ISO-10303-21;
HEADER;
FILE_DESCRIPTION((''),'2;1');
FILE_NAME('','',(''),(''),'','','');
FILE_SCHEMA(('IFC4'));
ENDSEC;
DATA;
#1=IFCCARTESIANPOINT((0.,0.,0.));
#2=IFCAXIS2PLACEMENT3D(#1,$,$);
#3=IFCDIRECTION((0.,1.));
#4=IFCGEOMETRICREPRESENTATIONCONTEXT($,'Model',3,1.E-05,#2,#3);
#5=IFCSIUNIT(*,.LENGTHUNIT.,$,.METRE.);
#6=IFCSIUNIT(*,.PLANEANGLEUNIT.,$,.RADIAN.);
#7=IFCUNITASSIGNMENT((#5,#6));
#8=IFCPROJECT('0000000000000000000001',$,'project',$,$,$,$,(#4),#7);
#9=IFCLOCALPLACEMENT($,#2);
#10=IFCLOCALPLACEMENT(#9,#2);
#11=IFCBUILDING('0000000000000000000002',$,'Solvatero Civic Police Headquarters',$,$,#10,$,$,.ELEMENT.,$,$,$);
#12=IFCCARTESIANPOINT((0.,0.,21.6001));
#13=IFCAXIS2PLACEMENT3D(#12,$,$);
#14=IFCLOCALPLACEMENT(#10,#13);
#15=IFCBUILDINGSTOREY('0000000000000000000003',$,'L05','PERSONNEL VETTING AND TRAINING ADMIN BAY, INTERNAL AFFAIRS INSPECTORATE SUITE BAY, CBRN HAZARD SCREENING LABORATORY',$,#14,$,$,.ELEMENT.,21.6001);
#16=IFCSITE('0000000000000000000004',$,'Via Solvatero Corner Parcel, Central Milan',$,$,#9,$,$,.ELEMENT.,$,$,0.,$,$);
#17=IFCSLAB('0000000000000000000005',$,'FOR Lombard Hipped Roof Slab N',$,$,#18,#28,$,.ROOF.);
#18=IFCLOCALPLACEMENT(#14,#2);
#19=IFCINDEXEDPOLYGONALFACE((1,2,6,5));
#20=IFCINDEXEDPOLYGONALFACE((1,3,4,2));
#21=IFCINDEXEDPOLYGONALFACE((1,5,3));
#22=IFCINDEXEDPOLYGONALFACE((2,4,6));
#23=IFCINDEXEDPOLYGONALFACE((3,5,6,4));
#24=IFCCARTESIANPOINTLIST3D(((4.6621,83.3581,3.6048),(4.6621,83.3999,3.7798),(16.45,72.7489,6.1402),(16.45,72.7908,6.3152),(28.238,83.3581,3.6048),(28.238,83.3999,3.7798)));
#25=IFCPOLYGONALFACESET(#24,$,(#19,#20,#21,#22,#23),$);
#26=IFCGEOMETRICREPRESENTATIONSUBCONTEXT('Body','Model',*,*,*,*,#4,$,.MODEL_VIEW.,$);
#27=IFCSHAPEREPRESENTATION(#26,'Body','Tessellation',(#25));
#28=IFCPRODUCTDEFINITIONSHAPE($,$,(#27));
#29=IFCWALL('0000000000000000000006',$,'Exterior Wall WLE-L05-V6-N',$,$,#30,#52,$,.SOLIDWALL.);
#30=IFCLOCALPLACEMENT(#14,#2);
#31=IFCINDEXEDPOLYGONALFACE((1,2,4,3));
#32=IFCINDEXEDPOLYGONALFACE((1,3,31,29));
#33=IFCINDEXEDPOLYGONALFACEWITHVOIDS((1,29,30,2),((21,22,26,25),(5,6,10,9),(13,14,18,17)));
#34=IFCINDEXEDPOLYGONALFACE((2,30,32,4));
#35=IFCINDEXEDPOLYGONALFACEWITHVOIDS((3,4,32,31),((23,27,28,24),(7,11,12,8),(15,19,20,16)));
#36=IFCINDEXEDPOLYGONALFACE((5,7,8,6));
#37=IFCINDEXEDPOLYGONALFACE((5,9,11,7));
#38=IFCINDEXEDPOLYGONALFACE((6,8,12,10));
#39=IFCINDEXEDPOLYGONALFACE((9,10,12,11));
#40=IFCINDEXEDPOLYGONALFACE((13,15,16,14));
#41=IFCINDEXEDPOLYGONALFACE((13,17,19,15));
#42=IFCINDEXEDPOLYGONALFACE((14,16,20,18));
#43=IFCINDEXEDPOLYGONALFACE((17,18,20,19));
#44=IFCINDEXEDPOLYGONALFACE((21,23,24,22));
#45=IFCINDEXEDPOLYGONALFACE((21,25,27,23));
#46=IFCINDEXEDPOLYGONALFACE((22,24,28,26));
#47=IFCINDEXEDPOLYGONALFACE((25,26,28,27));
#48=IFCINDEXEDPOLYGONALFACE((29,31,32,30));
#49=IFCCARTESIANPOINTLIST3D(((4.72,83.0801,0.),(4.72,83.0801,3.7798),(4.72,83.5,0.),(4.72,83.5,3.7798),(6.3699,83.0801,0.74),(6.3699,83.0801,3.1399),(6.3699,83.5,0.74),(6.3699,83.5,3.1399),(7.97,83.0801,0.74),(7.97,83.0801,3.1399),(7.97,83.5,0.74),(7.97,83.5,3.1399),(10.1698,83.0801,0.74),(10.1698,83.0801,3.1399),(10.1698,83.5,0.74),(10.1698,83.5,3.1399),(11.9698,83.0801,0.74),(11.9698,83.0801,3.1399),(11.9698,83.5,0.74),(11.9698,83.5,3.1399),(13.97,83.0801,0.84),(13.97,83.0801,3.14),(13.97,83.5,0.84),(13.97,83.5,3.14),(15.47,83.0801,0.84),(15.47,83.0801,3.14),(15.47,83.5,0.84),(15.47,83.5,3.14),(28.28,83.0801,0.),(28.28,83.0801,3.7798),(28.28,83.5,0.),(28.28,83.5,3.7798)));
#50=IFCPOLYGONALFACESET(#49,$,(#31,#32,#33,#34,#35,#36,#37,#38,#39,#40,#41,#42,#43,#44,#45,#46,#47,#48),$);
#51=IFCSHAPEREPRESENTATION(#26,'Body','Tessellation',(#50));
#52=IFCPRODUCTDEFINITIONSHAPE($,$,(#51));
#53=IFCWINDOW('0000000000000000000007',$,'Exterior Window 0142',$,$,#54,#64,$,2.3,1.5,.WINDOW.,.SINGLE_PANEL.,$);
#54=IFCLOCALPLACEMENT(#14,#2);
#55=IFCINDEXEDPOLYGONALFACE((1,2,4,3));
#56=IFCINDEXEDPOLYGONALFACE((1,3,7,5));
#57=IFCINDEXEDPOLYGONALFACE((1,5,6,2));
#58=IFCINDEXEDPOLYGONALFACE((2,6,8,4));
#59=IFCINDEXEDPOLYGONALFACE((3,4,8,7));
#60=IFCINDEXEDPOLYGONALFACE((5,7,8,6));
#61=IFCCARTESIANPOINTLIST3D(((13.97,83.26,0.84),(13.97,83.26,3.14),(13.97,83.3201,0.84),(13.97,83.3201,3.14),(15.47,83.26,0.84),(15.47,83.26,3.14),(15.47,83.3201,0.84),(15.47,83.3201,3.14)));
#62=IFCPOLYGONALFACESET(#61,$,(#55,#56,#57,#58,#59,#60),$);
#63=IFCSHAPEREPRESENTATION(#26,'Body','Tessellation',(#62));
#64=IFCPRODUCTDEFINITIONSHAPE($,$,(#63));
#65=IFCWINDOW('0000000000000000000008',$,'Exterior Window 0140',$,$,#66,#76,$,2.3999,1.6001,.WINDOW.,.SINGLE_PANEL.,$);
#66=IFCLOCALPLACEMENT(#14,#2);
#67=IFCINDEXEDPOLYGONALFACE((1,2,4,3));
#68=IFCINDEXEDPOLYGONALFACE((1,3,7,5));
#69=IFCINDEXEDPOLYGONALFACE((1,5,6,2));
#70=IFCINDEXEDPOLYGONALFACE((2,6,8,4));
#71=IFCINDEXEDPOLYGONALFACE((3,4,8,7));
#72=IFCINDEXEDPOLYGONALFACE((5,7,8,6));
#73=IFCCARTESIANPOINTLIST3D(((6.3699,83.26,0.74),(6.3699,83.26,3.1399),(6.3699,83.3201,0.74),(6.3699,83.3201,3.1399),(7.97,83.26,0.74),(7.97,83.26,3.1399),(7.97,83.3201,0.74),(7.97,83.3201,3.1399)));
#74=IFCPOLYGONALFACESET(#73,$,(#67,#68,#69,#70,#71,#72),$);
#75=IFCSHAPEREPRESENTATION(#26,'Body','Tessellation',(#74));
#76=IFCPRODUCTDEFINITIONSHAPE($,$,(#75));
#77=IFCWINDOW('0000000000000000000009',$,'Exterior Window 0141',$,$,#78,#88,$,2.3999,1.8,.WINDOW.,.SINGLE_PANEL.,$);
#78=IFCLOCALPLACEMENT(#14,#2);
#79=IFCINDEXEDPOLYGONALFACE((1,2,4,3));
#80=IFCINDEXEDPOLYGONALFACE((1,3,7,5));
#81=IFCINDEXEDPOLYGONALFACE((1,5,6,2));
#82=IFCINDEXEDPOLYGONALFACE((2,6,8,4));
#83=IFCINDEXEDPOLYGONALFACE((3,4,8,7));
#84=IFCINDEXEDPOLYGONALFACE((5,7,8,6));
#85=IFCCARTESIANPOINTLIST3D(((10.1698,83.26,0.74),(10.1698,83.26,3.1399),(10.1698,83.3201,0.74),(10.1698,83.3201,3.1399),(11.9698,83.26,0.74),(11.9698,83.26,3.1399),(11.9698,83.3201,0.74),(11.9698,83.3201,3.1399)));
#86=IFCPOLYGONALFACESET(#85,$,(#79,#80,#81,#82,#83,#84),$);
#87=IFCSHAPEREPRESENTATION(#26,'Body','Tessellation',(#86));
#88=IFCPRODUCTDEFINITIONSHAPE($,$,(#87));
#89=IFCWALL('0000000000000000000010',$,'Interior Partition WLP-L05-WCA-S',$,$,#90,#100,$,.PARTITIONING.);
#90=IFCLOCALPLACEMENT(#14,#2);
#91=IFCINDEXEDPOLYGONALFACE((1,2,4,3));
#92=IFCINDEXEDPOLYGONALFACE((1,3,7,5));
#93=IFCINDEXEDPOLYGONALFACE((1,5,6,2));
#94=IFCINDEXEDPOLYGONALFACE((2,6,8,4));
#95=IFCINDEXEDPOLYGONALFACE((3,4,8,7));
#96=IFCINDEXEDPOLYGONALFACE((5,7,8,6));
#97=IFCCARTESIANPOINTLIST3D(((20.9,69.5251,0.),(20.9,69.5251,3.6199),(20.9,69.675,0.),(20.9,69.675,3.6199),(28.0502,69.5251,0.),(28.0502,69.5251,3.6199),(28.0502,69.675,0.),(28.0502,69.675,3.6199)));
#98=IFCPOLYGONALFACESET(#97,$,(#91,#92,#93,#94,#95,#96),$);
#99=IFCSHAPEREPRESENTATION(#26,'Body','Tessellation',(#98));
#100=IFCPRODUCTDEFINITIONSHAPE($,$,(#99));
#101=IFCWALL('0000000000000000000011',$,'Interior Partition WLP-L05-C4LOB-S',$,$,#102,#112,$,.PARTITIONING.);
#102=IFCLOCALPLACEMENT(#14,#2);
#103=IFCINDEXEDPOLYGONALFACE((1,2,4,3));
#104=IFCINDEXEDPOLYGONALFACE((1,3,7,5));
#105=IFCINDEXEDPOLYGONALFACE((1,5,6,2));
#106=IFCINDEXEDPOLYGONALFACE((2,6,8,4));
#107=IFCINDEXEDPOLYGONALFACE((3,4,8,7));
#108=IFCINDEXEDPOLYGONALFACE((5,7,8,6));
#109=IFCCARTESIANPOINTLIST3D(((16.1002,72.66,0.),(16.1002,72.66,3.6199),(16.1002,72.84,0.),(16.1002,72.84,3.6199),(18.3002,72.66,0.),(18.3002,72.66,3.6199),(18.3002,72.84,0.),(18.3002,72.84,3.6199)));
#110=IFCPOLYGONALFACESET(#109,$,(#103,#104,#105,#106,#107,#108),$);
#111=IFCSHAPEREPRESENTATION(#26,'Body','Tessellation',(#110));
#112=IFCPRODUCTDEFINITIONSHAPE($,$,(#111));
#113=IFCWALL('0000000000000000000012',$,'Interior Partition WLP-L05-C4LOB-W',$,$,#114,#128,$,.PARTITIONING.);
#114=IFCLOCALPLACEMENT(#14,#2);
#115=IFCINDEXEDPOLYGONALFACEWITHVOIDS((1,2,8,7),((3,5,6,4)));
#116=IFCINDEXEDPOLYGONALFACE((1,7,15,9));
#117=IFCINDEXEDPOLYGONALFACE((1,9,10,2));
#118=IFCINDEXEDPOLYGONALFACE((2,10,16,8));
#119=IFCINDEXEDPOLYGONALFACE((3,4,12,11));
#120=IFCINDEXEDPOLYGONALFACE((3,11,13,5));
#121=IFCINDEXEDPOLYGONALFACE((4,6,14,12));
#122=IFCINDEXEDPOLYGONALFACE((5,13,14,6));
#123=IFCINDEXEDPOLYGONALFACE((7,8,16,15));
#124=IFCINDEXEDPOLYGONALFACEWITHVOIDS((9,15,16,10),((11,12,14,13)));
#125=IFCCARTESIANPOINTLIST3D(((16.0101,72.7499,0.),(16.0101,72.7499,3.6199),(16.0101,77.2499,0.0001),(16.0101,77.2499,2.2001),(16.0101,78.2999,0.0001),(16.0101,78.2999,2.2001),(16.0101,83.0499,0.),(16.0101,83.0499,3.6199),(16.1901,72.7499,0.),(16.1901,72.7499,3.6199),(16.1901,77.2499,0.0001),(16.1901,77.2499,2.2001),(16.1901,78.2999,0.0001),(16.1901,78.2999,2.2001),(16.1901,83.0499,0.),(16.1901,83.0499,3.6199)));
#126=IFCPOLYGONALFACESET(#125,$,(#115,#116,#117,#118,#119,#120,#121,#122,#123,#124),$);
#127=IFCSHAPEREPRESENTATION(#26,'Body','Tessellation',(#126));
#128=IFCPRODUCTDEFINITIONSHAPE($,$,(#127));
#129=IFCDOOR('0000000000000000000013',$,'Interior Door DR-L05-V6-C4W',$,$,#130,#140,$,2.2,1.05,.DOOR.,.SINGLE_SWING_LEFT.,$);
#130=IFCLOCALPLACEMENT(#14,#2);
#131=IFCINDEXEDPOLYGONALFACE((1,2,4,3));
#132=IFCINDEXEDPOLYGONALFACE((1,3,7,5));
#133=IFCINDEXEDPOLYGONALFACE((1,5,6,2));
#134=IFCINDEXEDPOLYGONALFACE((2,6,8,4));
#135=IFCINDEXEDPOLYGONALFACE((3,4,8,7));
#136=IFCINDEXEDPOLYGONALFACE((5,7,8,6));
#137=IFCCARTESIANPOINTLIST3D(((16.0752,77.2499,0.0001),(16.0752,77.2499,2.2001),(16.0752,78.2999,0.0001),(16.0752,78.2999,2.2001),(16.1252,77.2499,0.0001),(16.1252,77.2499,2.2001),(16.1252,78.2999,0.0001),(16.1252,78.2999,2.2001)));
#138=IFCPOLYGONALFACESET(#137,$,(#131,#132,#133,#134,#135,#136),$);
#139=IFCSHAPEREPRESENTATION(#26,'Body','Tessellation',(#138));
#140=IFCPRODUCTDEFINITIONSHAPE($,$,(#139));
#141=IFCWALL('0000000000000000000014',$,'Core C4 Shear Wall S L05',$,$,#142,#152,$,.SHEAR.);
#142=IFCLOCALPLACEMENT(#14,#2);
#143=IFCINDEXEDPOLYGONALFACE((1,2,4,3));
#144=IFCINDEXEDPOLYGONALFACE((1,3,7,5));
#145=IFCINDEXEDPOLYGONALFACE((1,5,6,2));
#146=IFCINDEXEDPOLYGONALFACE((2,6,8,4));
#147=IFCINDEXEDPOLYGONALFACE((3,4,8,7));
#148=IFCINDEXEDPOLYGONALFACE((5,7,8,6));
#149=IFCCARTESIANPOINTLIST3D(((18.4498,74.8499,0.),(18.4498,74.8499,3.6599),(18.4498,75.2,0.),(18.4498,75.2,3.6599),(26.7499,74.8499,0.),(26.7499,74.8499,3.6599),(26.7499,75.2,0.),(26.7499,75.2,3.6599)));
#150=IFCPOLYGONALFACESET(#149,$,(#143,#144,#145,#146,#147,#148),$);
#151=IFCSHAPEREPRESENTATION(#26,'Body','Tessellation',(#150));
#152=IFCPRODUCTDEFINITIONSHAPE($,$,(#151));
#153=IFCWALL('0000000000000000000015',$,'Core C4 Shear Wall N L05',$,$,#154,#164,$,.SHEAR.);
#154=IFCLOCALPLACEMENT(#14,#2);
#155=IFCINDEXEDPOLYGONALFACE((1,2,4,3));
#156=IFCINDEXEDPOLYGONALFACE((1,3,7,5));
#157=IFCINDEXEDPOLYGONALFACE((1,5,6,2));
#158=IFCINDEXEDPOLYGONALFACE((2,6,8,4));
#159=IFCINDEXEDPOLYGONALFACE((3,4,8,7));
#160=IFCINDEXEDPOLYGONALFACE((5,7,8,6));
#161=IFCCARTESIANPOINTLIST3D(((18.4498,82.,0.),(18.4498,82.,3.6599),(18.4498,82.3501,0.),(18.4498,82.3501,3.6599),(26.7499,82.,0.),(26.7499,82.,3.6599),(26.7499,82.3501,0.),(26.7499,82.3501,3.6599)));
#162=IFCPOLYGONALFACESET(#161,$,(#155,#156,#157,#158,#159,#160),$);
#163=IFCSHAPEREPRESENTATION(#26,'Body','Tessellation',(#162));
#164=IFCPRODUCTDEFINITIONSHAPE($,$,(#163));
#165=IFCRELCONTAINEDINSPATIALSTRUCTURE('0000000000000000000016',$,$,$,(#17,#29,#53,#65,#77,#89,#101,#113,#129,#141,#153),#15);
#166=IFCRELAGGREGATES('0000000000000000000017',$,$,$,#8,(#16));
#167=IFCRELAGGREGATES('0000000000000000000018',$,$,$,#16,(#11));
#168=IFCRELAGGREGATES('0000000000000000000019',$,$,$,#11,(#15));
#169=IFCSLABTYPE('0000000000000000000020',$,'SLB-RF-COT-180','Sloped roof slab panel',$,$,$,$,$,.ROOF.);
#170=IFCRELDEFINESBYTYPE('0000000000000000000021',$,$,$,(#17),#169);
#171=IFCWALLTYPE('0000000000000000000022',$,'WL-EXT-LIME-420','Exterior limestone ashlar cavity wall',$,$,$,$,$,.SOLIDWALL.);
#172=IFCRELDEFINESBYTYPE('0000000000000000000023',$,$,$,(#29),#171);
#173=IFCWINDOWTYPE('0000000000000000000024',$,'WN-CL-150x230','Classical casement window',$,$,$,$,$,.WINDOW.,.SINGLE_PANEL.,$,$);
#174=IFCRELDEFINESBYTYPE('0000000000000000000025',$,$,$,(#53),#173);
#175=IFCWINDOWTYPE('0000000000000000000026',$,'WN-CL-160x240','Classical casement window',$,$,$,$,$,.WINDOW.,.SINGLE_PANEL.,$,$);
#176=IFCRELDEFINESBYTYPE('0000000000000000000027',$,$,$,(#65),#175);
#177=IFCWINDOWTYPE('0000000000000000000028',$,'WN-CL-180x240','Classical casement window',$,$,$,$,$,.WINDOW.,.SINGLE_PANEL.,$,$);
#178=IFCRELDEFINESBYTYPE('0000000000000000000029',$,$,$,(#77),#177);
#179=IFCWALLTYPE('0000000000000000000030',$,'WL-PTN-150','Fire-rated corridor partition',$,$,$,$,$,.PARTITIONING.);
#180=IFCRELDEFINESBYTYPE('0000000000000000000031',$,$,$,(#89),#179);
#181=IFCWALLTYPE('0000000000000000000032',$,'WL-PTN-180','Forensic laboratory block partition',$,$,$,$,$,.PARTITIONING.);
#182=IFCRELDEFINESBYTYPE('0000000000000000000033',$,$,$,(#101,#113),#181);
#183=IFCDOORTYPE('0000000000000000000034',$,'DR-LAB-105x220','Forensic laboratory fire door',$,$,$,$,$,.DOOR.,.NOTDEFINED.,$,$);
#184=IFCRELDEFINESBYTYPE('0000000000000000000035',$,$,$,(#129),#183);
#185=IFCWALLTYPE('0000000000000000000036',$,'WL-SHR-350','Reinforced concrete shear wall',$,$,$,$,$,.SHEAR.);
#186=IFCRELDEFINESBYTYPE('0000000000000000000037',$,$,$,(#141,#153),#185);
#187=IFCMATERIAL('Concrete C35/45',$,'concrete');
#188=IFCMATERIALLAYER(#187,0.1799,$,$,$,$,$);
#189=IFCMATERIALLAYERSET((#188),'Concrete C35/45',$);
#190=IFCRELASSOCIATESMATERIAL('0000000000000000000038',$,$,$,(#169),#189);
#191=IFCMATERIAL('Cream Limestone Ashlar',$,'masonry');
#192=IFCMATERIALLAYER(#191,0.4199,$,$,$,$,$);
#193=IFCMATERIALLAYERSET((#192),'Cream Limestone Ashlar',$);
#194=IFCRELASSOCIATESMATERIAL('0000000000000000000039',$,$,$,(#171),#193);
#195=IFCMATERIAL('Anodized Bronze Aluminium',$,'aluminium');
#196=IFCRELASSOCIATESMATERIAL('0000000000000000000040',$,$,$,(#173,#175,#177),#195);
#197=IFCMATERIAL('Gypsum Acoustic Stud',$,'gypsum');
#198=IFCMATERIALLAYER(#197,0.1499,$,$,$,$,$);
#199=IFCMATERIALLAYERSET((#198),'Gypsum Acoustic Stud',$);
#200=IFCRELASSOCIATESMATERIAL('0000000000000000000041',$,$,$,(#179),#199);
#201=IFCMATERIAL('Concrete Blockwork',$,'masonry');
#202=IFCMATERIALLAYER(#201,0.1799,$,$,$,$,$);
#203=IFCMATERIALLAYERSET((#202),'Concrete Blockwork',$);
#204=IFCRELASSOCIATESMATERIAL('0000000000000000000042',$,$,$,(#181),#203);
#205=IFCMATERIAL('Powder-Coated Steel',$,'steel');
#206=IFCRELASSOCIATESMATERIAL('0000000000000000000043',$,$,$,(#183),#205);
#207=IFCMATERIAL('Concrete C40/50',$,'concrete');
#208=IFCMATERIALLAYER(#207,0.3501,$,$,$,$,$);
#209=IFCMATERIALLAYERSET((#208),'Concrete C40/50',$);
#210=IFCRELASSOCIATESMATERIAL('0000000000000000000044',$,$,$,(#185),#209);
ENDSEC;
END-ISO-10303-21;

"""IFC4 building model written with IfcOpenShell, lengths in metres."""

from ifc_helpers import new_model, si_unit, direction, frame, frame_2d, origin, place, context, subcontext, project, spatial, polyline, rectangle, outline, extrude, material, layer, layer_set, type_object, element, fill, save


model = new_model("IFC4")

# Units and contexts
model_context = context("Model", 3, precision=1e-05, world=origin(), true_north=direction((0.0, 1.0)))
body_context = subcontext(model_context, "Body", "Model", "MODEL_VIEW")
ifc_project = project(units=[si_unit("LENGTHUNIT", "METRE"), si_unit("PLANEANGLEUNIT", "RADIAN")], contexts=[model_context])

# Site, building, storey
site_placement = place(None, origin())
site = spatial("IfcSite", under=ifc_project, at=site_placement, Name="Via Solvatero Corner Parcel, Central Milan", CompositionType="ELEMENT", RefElevation=0.0)
building_placement = place(site_placement, origin())
building = spatial("IfcBuilding", under=site, at=building_placement, Name="Solvatero Civic Police Headquarters", CompositionType="ELEMENT")
storey_placement = place(building_placement, frame((0.0, 0.0, 21.6001)))
storey = spatial("IfcBuildingStorey", under=building, at=storey_placement, Name="L05", Description="PERSONNEL VETTING AND TRAINING ADMIN BAY, INTERNAL AFFAIRS INSPECTORATE SUITE BAY, CBRN HAZARD SCREENING LABORATORY", CompositionType="ELEMENT", Elevation=21.6001)

# Slab
ifc_material_1 = material(Name="Concrete C35/45", Category="concrete")
ifc_layer_1 = layer(ifc_material_1, 0.1799)
ifc_layer_set_1 = layer_set([ifc_layer_1], Name="Concrete C35/45")
slab_type = type_object("IfcSlabType", Name="SLB-RF-COT-180", Description="Sloped roof slab panel", PredefinedType="ROOF", material=ifc_layer_set_1)
slab_1_placement = place(storey_placement, frame((4.6621, 83.3999, 3.7798), z_axis=(0.0, 0.232437, 0.972611), x_axis=(1.0, 0.0, 0.0)))
element("IfcSlab", 1, at=slab_1_placement, inside=storey, type_object=slab_type, Name="FOR Lombard Hipped Roof Slab N", PredefinedType="ROOF", context=body_context, shape_type="SweptSolid", body=[
    extrude(outline(polyline([(0.0, 0.0), (23.5759, 0.0), (11.7878, -10.9079), (0.0, 0.0)])), origin(), (0.0, 0.0, -1.0), 0.1799),
])

# Wall, openings, windows
ifc_material_2 = material(Name="Cream Limestone Ashlar", Category="masonry")
ifc_layer_2 = layer(ifc_material_2, 0.4199)
ifc_layer_set_2 = layer_set([ifc_layer_2], Name="Cream Limestone Ashlar")
wall_type_1 = type_object("IfcWallType", Name="WL-EXT-LIME-420", Description="Exterior limestone ashlar cavity wall", PredefinedType="SOLIDWALL", material=ifc_layer_set_2)
wall_1_placement = place(storey_placement, frame((4.72, 83.29, 0.0), z_axis=(0.0, 0.0, 1.0), x_axis=(1.0, 0.0, 0.0)))
wall_1 = element("IfcWall", 2, at=wall_1_placement, inside=storey, type_object=wall_type_1, Name="Exterior Wall WLE-L05-V6-N", PredefinedType="SOLIDWALL", context=body_context, shape_type="SweptSolid", body=[
    extrude(rectangle(XDim=23.5601, YDim=0.4199, at=frame_2d((11.78, 0.0))), origin(), (0.0, 0.0, 1.0), 3.7798),
])
opening_1_placement = place(wall_1_placement, frame((1.6499, 0.0, 0.74)))
opening_1 = element("IfcOpeningElement", 3, at=opening_1_placement, cuts=wall_1, PredefinedType="OPENING", context=body_context, shape_type="SweptSolid", body=[
    extrude(rectangle(XDim=1.6001, YDim=2.3999, at=frame_2d((0.8, 1.2))), frame((0.0, 0.22, 0.0), z_axis=(0.0, -1.0, 0.0), x_axis=(1.0, 0.0, 0.0)), (0.0, 0.0, 1.0), 0.4399),
])
opening_2_placement = place(wall_1_placement, frame((5.45, 0.0, 0.74)))
opening_2 = element("IfcOpeningElement", 4, at=opening_2_placement, cuts=wall_1, PredefinedType="OPENING", context=body_context, shape_type="SweptSolid", body=[
    extrude(rectangle(XDim=1.8, YDim=2.3999, at=frame_2d((0.8999, 1.2))), frame((0.0, 0.22, 0.0), z_axis=(0.0, -1.0, 0.0), x_axis=(1.0, 0.0, 0.0)), (0.0, 0.0, 1.0), 0.4399),
])
opening_3_placement = place(wall_1_placement, frame((9.25, 0.0, 0.8401)))
opening_3 = element("IfcOpeningElement", 5, at=opening_3_placement, cuts=wall_1, PredefinedType="OPENING", context=body_context, shape_type="SweptSolid", body=[
    extrude(rectangle(XDim=1.5, YDim=2.3, at=frame_2d((0.75, 1.1499))), frame((0.0, 0.22, 0.0), z_axis=(0.0, -1.0, 0.0), x_axis=(1.0, 0.0, 0.0)), (0.0, 0.0, 1.0), 0.4399),
])
ifc_material_3 = material(Name="Anodized Bronze Aluminium", Category="aluminium")
window_type_1 = type_object("IfcWindowType", Name="WN-CL-150x230", Description="Classical casement window", PartitioningType="SINGLE_PANEL", PredefinedType="WINDOW", material=ifc_material_3)
window_1_placement = place(opening_3_placement, origin())
window_1 = element("IfcWindow", 6, at=window_1_placement, inside=storey, type_object=window_type_1, Name="Exterior Window 0142", OverallHeight=2.3, OverallWidth=1.5, PartitioningType="SINGLE_PANEL", PredefinedType="WINDOW", context=body_context, shape_type="SweptSolid", body=[
    extrude(rectangle(XDim=1.5, YDim=2.3, at=frame_2d((0.75, 1.1499))), frame((0.0, 0.03, 0.0), z_axis=(0.0, -1.0, 0.0), x_axis=(1.0, 0.0, 0.0)), (0.0, 0.0, 1.0), 0.0601),
])
fill(opening_3, window_1)
window_type_2 = type_object("IfcWindowType", Name="WN-CL-160x240", Description="Classical casement window", PartitioningType="SINGLE_PANEL", PredefinedType="WINDOW", material=ifc_material_3)
window_2_placement = place(opening_1_placement, origin())
window_2 = element("IfcWindow", 7, at=window_2_placement, inside=storey, type_object=window_type_2, Name="Exterior Window 0140", OverallHeight=2.3999, OverallWidth=1.6001, PartitioningType="SINGLE_PANEL", PredefinedType="WINDOW", context=body_context, shape_type="SweptSolid", body=[
    extrude(rectangle(XDim=1.6001, YDim=2.3999, at=frame_2d((0.8, 1.2))), frame((0.0, 0.03, 0.0), z_axis=(0.0, -1.0, 0.0), x_axis=(1.0, 0.0, 0.0)), (0.0, 0.0, 1.0), 0.0601),
])
fill(opening_1, window_2)
window_type_3 = type_object("IfcWindowType", Name="WN-CL-180x240", Description="Classical casement window", PartitioningType="SINGLE_PANEL", PredefinedType="WINDOW", material=ifc_material_3)
window_3_placement = place(opening_2_placement, origin())
window_3 = element("IfcWindow", 8, at=window_3_placement, inside=storey, type_object=window_type_3, Name="Exterior Window 0141", OverallHeight=2.3999, OverallWidth=1.8, PartitioningType="SINGLE_PANEL", PredefinedType="WINDOW", context=body_context, shape_type="SweptSolid", body=[
    extrude(rectangle(XDim=1.8, YDim=2.3999, at=frame_2d((0.8999, 1.2))), frame((0.0, 0.03, 0.0), z_axis=(0.0, -1.0, 0.0), x_axis=(1.0, 0.0, 0.0)), (0.0, 0.0, 1.0), 0.0601),
])
fill(opening_2, window_3)

# Walls
ifc_material_4 = material(Name="Gypsum Acoustic Stud", Category="gypsum")
ifc_layer_3 = layer(ifc_material_4, 0.1499)
ifc_layer_set_3 = layer_set([ifc_layer_3], Name="Gypsum Acoustic Stud")
wall_type_2 = type_object("IfcWallType", Name="WL-PTN-150", Description="Fire-rated corridor partition", PredefinedType="PARTITIONING", material=ifc_layer_set_3)
wall_2_placement = place(storey_placement, frame((20.8999, 69.6001, 0.0), z_axis=(0.0, 0.0, 1.0), x_axis=(1.0, 0.0, 0.0)))
element("IfcWall", 9, at=wall_2_placement, inside=storey, type_object=wall_type_2, Name="Interior Partition WLP-L05-WCA-S", PredefinedType="PARTITIONING", context=body_context, shape_type="SweptSolid", body=[
    extrude(rectangle(XDim=7.1501, YDim=0.1499, at=frame_2d((3.5752, 0.0))), origin(), (0.0, 0.0, 1.0), 3.6199),
])
ifc_material_5 = material(Name="Concrete Blockwork", Category="masonry")
ifc_layer_4 = layer(ifc_material_5, 0.1799)
ifc_layer_set_4 = layer_set([ifc_layer_4], Name="Concrete Blockwork")
wall_type_3 = type_object("IfcWallType", Name="WL-PTN-180", Description="Forensic laboratory block partition", PredefinedType="PARTITIONING", material=ifc_layer_set_4)
wall_3_placement = place(storey_placement, frame((16.1001, 72.75, 0.0), z_axis=(0.0, 0.0, 1.0), x_axis=(1.0, 0.0, 0.0)))
element("IfcWall", 10, at=wall_3_placement, inside=storey, type_object=wall_type_3, Name="Interior Partition WLP-L05-C4LOB-S", PredefinedType="PARTITIONING", context=body_context, shape_type="SweptSolid", body=[
    extrude(rectangle(XDim=2.2, YDim=0.1799, at=frame_2d((1.1001, 0.0))), origin(), (0.0, 0.0, 1.0), 3.6199),
])

# Wall, opening, door
wall_4_placement = place(storey_placement, frame((16.1001, 72.75, 0.0), z_axis=(0.0, 0.0, 1.0), x_axis=(0.0, 1.0, 0.0)))
wall_4 = element("IfcWall", 11, at=wall_4_placement, inside=storey, type_object=wall_type_3, Name="Interior Partition WLP-L05-C4LOB-W", PredefinedType="PARTITIONING", context=body_context, shape_type="SweptSolid", body=[
    extrude(rectangle(XDim=10.3, YDim=0.1799, at=frame_2d((5.1499, 0.0))), origin(), (0.0, 0.0, 1.0), 3.6199),
])
opening_4_placement = place(wall_4_placement, frame((4.5, 0.0, 0.0)))
opening_4 = element("IfcOpeningElement", 12, at=opening_4_placement, cuts=wall_4, PredefinedType="OPENING", context=body_context, shape_type="SweptSolid", body=[
    extrude(rectangle(XDim=1.05, YDim=2.2, at=frame_2d((0.5249, 1.1001))), frame((0.0, 0.0999, 0.0), z_axis=(0.0, -1.0, 0.0), x_axis=(1.0, 0.0, 0.0)), (0.0, 0.0, 1.0), 0.2),
])
ifc_material_6 = material(Name="Powder-Coated Steel", Category="steel")
door_type_1 = type_object("IfcDoorType", Name="DR-LAB-105x220", Description="Forensic laboratory fire door", OperationType="NOTDEFINED", PredefinedType="DOOR", material=ifc_material_6)
door_1_placement = place(opening_4_placement, origin())
door_1 = element("IfcDoor", 13, at=door_1_placement, inside=storey, type_object=door_type_1, Name="Interior Door DR-L05-V6-C4W", OperationType="SINGLE_SWING_LEFT", OverallHeight=2.2, OverallWidth=1.05, PredefinedType="DOOR", context=body_context, shape_type="SweptSolid", body=[
    extrude(rectangle(XDim=1.05, YDim=2.2, at=frame_2d((0.5249, 1.1001))), frame((0.0, 0.0249, 0.0), z_axis=(0.0, -1.0, 0.0), x_axis=(1.0, 0.0, 0.0)), (0.0, 0.0, 1.0), 0.05),
])
fill(opening_4, door_1)

# Walls
ifc_material_7 = material(Name="Concrete C40/50", Category="concrete")
ifc_layer_5 = layer(ifc_material_7, 0.3501)
ifc_layer_set_5 = layer_set([ifc_layer_5], Name="Concrete C40/50")
wall_type_4 = type_object("IfcWallType", Name="WL-SHR-350", Description="Reinforced concrete shear wall", PredefinedType="SHEAR", material=ifc_layer_set_5)
for number, where, z_axis, x_axis, name in (
    (14, (18.45, 75.0249, 0.0), (0.0, 0.0, 1.0), (1.0, 0.0, 0.0), "Core C4 Shear Wall S L05"),
    (15, (18.45, 82.175, 0.0), (0.0, 0.0, 1.0), (1.0, 0.0, 0.0), "Core C4 Shear Wall N L05"),
):
    element("IfcWall", number, at=place(storey_placement, frame(where, z_axis=z_axis, x_axis=x_axis)), inside=storey, type_object=wall_type_4, Name=name, PredefinedType="SHEAR", context=body_context, shape_type="SweptSolid", body=[
        extrude(rectangle(XDim=8.3, YDim=0.3501, at=frame_2d((4.1499, 0.0))), origin(), (0.0, 0.0, 1.0), 3.6599),
    ])

save(model, "model.ifc")
